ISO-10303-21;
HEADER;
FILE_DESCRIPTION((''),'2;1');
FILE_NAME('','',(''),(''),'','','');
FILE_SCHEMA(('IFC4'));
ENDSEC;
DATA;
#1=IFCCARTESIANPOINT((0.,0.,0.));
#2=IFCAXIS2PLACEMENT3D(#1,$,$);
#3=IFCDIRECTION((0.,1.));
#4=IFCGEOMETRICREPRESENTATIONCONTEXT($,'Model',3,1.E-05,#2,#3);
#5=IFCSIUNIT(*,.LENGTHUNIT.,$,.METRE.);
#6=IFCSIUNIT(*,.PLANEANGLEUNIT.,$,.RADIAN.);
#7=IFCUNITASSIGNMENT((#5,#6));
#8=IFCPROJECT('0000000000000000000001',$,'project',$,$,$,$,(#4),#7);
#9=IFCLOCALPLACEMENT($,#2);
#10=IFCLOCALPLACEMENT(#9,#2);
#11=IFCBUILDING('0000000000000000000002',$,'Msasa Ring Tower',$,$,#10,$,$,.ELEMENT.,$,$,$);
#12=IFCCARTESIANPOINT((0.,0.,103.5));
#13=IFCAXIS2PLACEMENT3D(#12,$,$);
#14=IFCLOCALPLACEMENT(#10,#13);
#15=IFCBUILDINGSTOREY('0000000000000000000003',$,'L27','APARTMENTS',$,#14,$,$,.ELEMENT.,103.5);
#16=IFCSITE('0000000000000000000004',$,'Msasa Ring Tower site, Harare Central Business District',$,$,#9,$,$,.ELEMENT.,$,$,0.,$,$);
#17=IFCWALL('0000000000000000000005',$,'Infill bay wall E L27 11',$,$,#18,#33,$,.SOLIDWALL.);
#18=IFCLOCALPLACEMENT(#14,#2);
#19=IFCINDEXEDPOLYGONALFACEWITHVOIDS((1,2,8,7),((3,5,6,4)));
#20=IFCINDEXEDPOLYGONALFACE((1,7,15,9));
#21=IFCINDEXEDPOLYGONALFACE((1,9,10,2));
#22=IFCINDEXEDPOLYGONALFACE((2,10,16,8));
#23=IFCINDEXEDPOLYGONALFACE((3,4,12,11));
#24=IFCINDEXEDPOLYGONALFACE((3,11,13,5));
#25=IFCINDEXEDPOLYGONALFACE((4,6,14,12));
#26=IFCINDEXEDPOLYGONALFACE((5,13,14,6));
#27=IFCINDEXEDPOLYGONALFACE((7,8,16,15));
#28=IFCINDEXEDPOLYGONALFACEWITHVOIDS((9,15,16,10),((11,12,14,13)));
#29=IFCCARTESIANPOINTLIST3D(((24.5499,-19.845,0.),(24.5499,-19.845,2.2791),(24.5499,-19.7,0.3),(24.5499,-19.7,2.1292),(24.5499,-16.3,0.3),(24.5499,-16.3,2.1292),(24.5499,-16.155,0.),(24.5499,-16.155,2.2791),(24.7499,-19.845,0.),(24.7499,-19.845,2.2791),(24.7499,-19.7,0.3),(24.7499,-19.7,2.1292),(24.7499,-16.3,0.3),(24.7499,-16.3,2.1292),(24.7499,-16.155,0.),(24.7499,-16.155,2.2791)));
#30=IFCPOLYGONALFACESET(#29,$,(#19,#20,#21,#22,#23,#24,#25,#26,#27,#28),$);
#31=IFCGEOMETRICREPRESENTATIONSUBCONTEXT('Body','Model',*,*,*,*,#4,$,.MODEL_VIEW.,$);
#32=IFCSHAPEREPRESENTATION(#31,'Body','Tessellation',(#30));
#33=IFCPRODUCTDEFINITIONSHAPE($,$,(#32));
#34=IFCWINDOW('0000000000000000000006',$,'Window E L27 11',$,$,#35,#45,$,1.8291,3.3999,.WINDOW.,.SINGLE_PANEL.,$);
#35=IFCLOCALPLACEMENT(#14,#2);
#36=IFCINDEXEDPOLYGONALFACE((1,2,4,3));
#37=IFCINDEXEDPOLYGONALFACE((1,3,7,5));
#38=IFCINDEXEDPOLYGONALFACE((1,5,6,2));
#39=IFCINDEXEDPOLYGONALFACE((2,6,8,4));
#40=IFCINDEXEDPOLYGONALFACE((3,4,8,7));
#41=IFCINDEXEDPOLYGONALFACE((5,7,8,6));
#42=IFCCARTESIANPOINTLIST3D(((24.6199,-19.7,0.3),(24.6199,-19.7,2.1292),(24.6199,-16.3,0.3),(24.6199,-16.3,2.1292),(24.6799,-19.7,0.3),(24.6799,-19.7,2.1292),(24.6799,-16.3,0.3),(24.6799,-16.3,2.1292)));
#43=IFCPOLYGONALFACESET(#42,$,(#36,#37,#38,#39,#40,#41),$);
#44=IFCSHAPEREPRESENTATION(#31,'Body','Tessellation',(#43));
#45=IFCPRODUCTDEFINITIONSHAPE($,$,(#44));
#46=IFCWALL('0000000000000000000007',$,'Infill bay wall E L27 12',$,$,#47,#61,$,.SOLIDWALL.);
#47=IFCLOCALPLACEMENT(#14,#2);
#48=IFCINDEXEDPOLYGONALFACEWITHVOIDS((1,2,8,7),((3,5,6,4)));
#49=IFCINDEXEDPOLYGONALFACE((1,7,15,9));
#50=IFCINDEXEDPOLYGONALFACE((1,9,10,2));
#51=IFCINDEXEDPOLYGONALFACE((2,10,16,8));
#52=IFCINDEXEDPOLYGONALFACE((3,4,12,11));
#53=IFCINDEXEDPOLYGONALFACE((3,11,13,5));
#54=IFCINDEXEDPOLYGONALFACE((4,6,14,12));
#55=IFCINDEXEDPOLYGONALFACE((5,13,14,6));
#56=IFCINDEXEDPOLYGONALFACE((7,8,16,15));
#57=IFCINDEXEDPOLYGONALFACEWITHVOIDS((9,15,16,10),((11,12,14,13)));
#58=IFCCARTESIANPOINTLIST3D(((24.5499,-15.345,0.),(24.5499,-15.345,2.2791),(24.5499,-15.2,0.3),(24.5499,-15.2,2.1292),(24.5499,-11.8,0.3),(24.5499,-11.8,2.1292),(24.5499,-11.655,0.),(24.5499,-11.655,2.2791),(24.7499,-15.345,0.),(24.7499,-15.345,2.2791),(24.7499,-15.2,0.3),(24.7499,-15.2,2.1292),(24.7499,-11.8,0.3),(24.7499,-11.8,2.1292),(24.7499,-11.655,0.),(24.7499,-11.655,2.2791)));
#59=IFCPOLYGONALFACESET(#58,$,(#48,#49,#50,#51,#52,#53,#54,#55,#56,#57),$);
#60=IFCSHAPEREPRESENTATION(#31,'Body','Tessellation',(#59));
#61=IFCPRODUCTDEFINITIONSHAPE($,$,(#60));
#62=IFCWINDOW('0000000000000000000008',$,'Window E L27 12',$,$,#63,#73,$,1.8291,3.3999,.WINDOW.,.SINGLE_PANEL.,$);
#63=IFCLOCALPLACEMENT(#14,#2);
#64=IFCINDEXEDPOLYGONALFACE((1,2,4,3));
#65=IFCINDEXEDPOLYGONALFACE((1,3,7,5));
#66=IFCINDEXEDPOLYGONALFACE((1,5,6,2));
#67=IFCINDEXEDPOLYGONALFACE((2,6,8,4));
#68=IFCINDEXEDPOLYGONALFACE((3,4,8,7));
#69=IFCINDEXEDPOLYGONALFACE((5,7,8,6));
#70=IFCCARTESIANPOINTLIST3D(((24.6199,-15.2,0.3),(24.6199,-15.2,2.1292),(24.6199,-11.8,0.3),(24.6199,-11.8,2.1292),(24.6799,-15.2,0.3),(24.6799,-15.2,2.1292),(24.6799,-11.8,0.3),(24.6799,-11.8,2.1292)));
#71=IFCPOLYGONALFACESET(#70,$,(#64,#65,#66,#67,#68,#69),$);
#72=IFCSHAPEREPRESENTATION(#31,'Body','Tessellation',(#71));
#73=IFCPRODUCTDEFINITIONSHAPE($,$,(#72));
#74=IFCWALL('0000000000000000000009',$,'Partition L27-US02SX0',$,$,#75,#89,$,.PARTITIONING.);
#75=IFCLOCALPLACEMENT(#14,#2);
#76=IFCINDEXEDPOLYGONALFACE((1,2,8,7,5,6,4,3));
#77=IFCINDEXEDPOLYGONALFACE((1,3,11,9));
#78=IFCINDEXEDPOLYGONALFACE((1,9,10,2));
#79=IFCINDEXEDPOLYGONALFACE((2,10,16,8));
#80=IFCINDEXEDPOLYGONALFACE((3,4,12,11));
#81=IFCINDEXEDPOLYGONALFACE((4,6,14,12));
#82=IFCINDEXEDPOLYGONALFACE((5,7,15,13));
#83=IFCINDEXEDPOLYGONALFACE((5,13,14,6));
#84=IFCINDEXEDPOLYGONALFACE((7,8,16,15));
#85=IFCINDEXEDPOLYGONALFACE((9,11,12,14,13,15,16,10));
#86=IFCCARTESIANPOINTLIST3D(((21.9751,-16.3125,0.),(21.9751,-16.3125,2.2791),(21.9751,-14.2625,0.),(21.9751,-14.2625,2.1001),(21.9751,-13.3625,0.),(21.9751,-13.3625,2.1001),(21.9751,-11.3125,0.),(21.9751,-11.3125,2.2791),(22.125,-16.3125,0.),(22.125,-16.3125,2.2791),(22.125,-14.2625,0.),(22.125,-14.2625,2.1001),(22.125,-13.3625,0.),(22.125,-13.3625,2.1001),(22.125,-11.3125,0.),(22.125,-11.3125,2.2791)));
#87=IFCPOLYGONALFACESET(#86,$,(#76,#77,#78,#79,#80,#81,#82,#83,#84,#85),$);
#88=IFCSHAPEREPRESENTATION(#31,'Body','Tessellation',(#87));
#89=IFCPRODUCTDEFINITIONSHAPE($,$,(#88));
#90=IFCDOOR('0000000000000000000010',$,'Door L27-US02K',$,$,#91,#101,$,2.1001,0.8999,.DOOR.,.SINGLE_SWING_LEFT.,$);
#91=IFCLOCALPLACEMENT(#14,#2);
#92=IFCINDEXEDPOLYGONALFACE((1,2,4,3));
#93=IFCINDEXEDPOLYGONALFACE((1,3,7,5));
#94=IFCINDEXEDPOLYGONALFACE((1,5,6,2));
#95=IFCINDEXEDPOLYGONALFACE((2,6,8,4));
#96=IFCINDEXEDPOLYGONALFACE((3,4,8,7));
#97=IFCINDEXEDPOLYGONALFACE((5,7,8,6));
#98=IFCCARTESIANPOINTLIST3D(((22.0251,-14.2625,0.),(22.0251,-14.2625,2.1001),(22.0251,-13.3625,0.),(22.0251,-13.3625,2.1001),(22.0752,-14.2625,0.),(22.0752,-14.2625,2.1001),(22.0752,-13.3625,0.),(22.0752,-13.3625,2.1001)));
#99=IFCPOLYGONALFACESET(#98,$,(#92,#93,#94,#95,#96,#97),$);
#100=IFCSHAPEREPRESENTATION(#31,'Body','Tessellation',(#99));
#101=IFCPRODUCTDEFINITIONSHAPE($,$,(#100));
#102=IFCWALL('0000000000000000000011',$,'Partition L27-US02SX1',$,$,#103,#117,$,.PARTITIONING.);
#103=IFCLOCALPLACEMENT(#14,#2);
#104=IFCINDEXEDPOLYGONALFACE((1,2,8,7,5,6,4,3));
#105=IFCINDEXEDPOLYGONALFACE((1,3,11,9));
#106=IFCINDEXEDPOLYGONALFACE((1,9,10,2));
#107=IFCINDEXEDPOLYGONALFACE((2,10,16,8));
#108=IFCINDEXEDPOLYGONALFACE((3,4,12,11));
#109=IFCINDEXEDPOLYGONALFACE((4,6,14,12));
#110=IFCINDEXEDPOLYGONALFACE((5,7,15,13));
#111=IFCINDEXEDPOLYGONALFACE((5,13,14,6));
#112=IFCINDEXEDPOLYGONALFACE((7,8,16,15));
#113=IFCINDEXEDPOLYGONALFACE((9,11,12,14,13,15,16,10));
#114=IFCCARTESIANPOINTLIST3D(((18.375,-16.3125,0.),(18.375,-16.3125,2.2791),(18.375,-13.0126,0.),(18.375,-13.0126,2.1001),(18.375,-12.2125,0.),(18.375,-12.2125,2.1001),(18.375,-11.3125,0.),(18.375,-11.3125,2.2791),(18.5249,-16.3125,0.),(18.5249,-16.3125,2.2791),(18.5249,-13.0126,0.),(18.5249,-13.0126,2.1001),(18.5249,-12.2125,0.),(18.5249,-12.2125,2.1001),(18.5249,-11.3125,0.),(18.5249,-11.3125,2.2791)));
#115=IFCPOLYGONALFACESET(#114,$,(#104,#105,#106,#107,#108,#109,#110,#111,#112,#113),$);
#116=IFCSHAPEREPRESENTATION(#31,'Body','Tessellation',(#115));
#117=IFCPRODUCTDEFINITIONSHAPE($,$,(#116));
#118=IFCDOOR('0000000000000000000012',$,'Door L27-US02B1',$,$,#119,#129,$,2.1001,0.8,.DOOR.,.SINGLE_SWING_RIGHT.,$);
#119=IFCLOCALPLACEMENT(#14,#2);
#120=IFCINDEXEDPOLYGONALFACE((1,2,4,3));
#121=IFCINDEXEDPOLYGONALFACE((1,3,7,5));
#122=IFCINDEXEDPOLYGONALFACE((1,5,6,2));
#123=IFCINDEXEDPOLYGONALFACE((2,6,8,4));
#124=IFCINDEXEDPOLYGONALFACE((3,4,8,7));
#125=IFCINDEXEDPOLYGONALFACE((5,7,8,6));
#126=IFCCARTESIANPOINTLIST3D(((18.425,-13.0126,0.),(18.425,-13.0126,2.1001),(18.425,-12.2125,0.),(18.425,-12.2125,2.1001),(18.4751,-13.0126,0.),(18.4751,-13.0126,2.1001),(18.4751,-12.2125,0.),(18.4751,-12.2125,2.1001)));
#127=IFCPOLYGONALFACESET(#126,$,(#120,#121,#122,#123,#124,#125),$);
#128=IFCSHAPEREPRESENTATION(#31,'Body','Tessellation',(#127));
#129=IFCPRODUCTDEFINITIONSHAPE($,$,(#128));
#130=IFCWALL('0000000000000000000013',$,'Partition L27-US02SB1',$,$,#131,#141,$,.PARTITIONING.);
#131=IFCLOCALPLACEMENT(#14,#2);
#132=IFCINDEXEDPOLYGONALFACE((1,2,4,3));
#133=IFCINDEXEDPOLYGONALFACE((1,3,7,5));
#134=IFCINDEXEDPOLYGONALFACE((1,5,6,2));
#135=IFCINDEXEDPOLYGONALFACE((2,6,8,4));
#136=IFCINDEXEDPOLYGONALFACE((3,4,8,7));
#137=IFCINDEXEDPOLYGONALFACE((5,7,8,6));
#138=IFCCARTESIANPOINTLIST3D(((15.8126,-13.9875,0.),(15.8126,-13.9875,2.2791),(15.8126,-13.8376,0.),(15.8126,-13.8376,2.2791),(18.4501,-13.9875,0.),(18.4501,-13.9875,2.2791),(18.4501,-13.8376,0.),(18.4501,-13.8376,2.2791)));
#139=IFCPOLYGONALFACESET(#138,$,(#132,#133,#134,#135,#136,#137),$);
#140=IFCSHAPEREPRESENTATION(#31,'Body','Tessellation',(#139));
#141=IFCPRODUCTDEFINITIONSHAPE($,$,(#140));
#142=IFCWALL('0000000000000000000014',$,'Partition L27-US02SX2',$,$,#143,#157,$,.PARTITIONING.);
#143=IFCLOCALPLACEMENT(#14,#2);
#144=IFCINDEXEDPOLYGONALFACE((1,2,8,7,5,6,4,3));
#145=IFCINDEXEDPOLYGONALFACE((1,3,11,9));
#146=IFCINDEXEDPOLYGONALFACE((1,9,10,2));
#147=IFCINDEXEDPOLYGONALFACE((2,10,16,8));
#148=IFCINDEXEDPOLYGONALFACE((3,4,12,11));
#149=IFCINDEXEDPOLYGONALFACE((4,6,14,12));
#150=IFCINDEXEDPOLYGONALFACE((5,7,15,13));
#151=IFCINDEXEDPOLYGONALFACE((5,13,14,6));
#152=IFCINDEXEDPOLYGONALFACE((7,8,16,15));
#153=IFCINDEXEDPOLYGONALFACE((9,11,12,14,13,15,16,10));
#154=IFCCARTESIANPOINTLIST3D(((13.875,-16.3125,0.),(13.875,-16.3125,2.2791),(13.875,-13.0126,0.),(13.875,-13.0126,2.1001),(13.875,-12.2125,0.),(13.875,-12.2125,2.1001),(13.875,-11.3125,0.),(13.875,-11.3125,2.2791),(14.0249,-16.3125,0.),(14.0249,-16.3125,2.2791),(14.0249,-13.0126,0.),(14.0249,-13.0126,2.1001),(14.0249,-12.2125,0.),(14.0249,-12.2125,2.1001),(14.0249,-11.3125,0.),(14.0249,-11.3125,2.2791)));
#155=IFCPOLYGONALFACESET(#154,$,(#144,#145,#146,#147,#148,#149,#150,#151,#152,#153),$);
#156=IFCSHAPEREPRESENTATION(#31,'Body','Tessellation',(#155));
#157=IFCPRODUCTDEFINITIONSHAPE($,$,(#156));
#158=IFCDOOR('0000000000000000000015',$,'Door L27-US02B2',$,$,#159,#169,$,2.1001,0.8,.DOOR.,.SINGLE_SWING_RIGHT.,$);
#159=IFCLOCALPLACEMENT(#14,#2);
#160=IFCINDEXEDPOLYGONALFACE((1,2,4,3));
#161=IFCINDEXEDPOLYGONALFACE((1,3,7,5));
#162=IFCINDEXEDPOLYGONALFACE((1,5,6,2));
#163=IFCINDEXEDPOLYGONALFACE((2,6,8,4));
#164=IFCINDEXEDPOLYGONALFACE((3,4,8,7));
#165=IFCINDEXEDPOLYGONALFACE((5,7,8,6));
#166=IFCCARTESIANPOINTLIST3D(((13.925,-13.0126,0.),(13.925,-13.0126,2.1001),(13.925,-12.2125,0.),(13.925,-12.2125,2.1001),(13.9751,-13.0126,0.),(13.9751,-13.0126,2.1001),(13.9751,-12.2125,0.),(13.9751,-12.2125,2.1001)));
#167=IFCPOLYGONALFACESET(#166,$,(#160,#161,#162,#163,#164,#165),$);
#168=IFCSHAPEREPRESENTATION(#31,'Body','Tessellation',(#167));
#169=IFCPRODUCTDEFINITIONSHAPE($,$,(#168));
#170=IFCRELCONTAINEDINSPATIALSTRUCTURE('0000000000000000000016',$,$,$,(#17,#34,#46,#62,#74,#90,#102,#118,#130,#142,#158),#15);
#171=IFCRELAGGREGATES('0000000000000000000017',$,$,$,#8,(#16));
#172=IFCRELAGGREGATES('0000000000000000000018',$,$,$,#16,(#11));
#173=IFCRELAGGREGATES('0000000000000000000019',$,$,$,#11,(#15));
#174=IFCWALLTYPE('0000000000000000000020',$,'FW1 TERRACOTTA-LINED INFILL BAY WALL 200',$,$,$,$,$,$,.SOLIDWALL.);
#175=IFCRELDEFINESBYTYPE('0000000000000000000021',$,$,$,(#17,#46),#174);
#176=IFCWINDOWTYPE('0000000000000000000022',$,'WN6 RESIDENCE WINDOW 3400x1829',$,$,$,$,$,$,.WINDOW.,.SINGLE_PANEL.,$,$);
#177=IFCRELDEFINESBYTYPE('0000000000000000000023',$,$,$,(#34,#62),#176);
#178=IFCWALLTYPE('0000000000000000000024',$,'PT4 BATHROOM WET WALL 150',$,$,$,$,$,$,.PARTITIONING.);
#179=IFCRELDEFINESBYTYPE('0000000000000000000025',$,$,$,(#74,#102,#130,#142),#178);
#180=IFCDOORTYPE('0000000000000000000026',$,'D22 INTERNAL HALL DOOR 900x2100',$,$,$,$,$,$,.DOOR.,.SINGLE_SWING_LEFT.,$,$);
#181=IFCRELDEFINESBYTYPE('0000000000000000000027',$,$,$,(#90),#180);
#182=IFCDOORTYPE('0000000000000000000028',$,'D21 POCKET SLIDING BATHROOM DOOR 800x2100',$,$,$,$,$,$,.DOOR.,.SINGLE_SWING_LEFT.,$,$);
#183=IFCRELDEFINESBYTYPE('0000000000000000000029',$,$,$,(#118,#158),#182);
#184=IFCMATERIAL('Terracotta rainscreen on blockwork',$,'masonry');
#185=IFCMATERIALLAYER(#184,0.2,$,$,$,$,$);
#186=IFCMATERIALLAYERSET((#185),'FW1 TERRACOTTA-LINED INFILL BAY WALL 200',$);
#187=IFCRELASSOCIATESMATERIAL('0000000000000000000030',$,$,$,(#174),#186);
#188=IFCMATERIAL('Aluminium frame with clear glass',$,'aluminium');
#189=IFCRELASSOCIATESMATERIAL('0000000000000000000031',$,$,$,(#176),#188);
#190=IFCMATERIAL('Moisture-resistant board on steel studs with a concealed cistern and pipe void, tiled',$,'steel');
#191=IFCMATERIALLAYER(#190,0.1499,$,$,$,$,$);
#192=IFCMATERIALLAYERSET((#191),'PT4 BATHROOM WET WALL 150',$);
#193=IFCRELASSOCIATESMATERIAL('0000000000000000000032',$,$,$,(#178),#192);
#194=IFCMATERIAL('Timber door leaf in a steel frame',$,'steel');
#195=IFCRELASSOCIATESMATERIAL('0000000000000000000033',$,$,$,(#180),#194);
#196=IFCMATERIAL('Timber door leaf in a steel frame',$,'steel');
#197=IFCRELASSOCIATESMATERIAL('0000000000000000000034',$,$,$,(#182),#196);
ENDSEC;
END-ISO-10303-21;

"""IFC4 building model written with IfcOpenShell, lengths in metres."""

from ifc_helpers import new_model, si_unit, direction, frame, frame_2d, origin, place, context, subcontext, project, spatial, rectangle, extrude, material, layer, layer_set, type_object, element, fill, save


model = new_model("IFC4")

# Units and contexts
model_context = context("Model", 3, precision=1e-05, world=origin(), true_north=direction((0.0, 1.0)))
body_context = subcontext(model_context, "Body", "Model", "MODEL_VIEW")
ifc_project = project(units=[si_unit("LENGTHUNIT", "METRE"), si_unit("PLANEANGLEUNIT", "RADIAN")], contexts=[model_context])

# Site, building, storey
site_placement = place(None, origin())
site = spatial("IfcSite", under=ifc_project, at=site_placement, Name="Msasa Ring Tower site, Harare Central Business District", CompositionType="ELEMENT", RefElevation=0.0)
building_placement = place(site_placement, origin())
building = spatial("IfcBuilding", under=site, at=building_placement, Name="Msasa Ring Tower", CompositionType="ELEMENT")
storey_placement = place(building_placement, frame((0.0, 0.0, 103.5)))
storey = spatial("IfcBuildingStorey", under=building, at=storey_placement, Name="L27", Description="APARTMENTS", CompositionType="ELEMENT", Elevation=103.5)

# Walls, openings, windows
ifc_material_1 = material(Name="Terracotta rainscreen on blockwork", Category="masonry")
ifc_layer_1 = layer(ifc_material_1, 0.2)
ifc_layer_set_1 = layer_set([ifc_layer_1], Name="FW1 TERRACOTTA-LINED INFILL BAY WALL 200")
wall_type_1 = type_object("IfcWallType", Name="FW1 TERRACOTTA-LINED INFILL BAY WALL 200", PredefinedType="SOLIDWALL", material=ifc_layer_set_1)
wall_1_placement = place(storey_placement, frame((24.6499, -19.845, 0.0), z_axis=(0.0, 0.0, 1.0), x_axis=(0.0, 1.0, 0.0)))
wall_1 = element("IfcWall", 1, at=wall_1_placement, inside=storey, type_object=wall_type_1, Name="Infill bay wall E L27 11", PredefinedType="SOLIDWALL", context=body_context, shape_type="SweptSolid", body=[
    extrude(rectangle(XDim=3.6899, YDim=0.2, at=frame_2d((1.845, 0.0))), origin(), (0.0, 0.0, 1.0), 2.2791),
])
opening_1_placement = place(wall_1_placement, frame((0.145, 0.0, 0.3)))
opening_1 = element("IfcOpeningElement", 2, at=opening_1_placement, cuts=wall_1, PredefinedType="OPENING", context=body_context, shape_type="SweptSolid", body=[
    extrude(rectangle(XDim=3.3999, YDim=1.8291, at=frame_2d((1.7, 0.9146))), frame((0.0, 0.1099, 0.0), z_axis=(0.0, -1.0, 0.0), x_axis=(1.0, 0.0, 0.0)), (0.0, 0.0, 1.0), 0.22),
])
ifc_material_2 = material(Name="Aluminium frame with clear glass", Category="aluminium")
window_type = type_object("IfcWindowType", Name="WN6 RESIDENCE WINDOW 3400x1829", PartitioningType="SINGLE_PANEL", PredefinedType="WINDOW", material=ifc_material_2)
window_1_placement = place(opening_1_placement, origin())
window_1 = element("IfcWindow", 3, at=window_1_placement, inside=storey, type_object=window_type, Name="Window E L27 11", OverallHeight=1.8291, OverallWidth=3.3999, PartitioningType="SINGLE_PANEL", PredefinedType="WINDOW", context=body_context, shape_type="SweptSolid", body=[
    extrude(rectangle(XDim=3.3999, YDim=1.8291, at=frame_2d((1.7, 0.9146))), frame((0.0, 0.03, 0.0), z_axis=(0.0, -1.0, 0.0), x_axis=(1.0, 0.0, 0.0)), (0.0, 0.0, 1.0), 0.0601),
])
fill(opening_1, window_1)
wall_2_placement = place(storey_placement, frame((24.6499, -15.345, 0.0), z_axis=(0.0, 0.0, 1.0), x_axis=(0.0, 1.0, 0.0)))
wall_2 = element("IfcWall", 4, at=wall_2_placement, inside=storey, type_object=wall_type_1, Name="Infill bay wall E L27 12", PredefinedType="SOLIDWALL", context=body_context, shape_type="SweptSolid", body=[
    extrude(rectangle(XDim=3.6899, YDim=0.2, at=frame_2d((1.845, 0.0))), origin(), (0.0, 0.0, 1.0), 2.2791),
])
opening_2_placement = place(wall_2_placement, frame((0.145, 0.0, 0.3)))
opening_2 = element("IfcOpeningElement", 5, at=opening_2_placement, cuts=wall_2, PredefinedType="OPENING", context=body_context, shape_type="SweptSolid", body=[
    extrude(rectangle(XDim=3.3999, YDim=1.8291, at=frame_2d((1.7, 0.9146))), frame((0.0, 0.1099, 0.0), z_axis=(0.0, -1.0, 0.0), x_axis=(1.0, 0.0, 0.0)), (0.0, 0.0, 1.0), 0.22),
])
window_2_placement = place(opening_2_placement, origin())
window_2 = element("IfcWindow", 6, at=window_2_placement, inside=storey, type_object=window_type, Name="Window E L27 12", OverallHeight=1.8291, OverallWidth=3.3999, PartitioningType="SINGLE_PANEL", PredefinedType="WINDOW", context=body_context, shape_type="SweptSolid", body=[
    extrude(rectangle(XDim=3.3999, YDim=1.8291, at=frame_2d((1.7, 0.9146))), frame((0.0, 0.03, 0.0), z_axis=(0.0, -1.0, 0.0), x_axis=(1.0, 0.0, 0.0)), (0.0, 0.0, 1.0), 0.0601),
])
fill(opening_2, window_2)

# Walls, openings, doors
ifc_material_3 = material(Name="Moisture-resistant board on steel studs with a concealed cistern and pipe void, tiled", Category="steel")
ifc_layer_2 = layer(ifc_material_3, 0.1499)
ifc_layer_set_2 = layer_set([ifc_layer_2], Name="PT4 BATHROOM WET WALL 150")
wall_type_2 = type_object("IfcWallType", Name="PT4 BATHROOM WET WALL 150", PredefinedType="PARTITIONING", material=ifc_layer_set_2)
wall_3_placement = place(storey_placement, frame((22.05, -16.3125, 0.0), z_axis=(0.0, 0.0, 1.0), x_axis=(0.0, 1.0, 0.0)))
wall_3 = element("IfcWall", 7, at=wall_3_placement, inside=storey, type_object=wall_type_2, Name="Partition L27-US02SX0", PredefinedType="PARTITIONING", context=body_context, shape_type="SweptSolid", body=[
    extrude(rectangle(XDim=5.0, YDim=0.1499, at=frame_2d((2.5, 0.0))), origin(), (0.0, 0.0, 1.0), 2.2791),
])
opening_3_placement = place(wall_3_placement, frame((2.05, 0.0, 0.0)))
opening_3 = element("IfcOpeningElement", 8, at=opening_3_placement, cuts=wall_3, PredefinedType="OPENING", context=body_context, shape_type="SweptSolid", body=[
    extrude(rectangle(XDim=0.8999, YDim=2.1001, at=frame_2d((0.45, 1.05))), frame((0.0, 0.085, 0.0), z_axis=(0.0, -1.0, 0.0), x_axis=(1.0, 0.0, 0.0)), (0.0, 0.0, 1.0), 0.1699),
])
ifc_material_4 = material(Name="Timber door leaf in a steel frame", Category="steel")
door_type_1 = type_object("IfcDoorType", Name="D22 INTERNAL HALL DOOR 900x2100", OperationType="SINGLE_SWING_LEFT", PredefinedType="DOOR", material=ifc_material_4)
door_1_placement = place(opening_3_placement, origin())
door_1 = element("IfcDoor", 9, at=door_1_placement, inside=storey, type_object=door_type_1, Name="Door L27-US02K", OperationType="SINGLE_SWING_LEFT", OverallHeight=2.1001, OverallWidth=0.8999, PredefinedType="DOOR", context=body_context, shape_type="SweptSolid", body=[
    extrude(rectangle(XDim=0.8999, YDim=2.1001, at=frame_2d((0.45, 1.05))), frame((0.0, 0.0249, 0.0), z_axis=(0.0, -1.0, 0.0), x_axis=(1.0, 0.0, 0.0)), (0.0, 0.0, 1.0), 0.05),
])
fill(opening_3, door_1)
wall_4_placement = place(storey_placement, frame((18.45, -16.3125, 0.0), z_axis=(0.0, 0.0, 1.0), x_axis=(0.0, 1.0, 0.0)))
wall_4 = element("IfcWall", 10, at=wall_4_placement, inside=storey, type_object=wall_type_2, Name="Partition L27-US02SX1", PredefinedType="PARTITIONING", context=body_context, shape_type="SweptSolid", body=[
    extrude(rectangle(XDim=5.0, YDim=0.1499, at=frame_2d((2.5, 0.0))), origin(), (0.0, 0.0, 1.0), 2.2791),
])
opening_4_placement = place(wall_4_placement, frame((3.3, 0.0, 0.0)))
opening_4 = element("IfcOpeningElement", 11, at=opening_4_placement, cuts=wall_4, PredefinedType="OPENING", context=body_context, shape_type="SweptSolid", body=[
    extrude(rectangle(XDim=0.8, YDim=2.1001, at=frame_2d((0.3999, 1.05))), frame((0.0, 0.085, 0.0), z_axis=(0.0, -1.0, 0.0), x_axis=(1.0, 0.0, 0.0)), (0.0, 0.0, 1.0), 0.1699),
])
ifc_material_5 = material(Name="Timber door leaf in a steel frame", Category="steel")
door_type_2 = type_object("IfcDoorType", Name="D21 POCKET SLIDING BATHROOM DOOR 800x2100", OperationType="SINGLE_SWING_LEFT", PredefinedType="DOOR", material=ifc_material_5)
door_2_placement = place(opening_4_placement, origin())
door_2 = element("IfcDoor", 12, at=door_2_placement, inside=storey, type_object=door_type_2, Name="Door L27-US02B1", OperationType="SINGLE_SWING_RIGHT", OverallHeight=2.1001, OverallWidth=0.8, PredefinedType="DOOR", context=body_context, shape_type="SweptSolid", body=[
    extrude(rectangle(XDim=0.8, YDim=2.1001, at=frame_2d((0.3999, 1.05))), frame((0.0, 0.0249, 0.0), z_axis=(0.0, -1.0, 0.0), x_axis=(1.0, 0.0, 0.0)), (0.0, 0.0, 1.0), 0.05),
])
fill(opening_4, door_2)

# Wall
wall_5_placement = place(storey_placement, frame((15.8125, -13.9126, 0.0), z_axis=(0.0, 0.0, 1.0), x_axis=(1.0, 0.0, 0.0)))
element("IfcWall", 13, at=wall_5_placement, inside=storey, type_object=wall_type_2, Name="Partition L27-US02SB1", PredefinedType="PARTITIONING", context=body_context, shape_type="SweptSolid", body=[
    extrude(rectangle(XDim=2.6375, YDim=0.1499, at=frame_2d((1.3188, 0.0))), origin(), (0.0, 0.0, 1.0), 2.2791),
])

# Wall, opening, door
wall_6_placement = place(storey_placement, frame((13.95, -16.3125, 0.0), z_axis=(0.0, 0.0, 1.0), x_axis=(0.0, 1.0, 0.0)))
wall_6 = element("IfcWall", 14, at=wall_6_placement, inside=storey, type_object=wall_type_2, Name="Partition L27-US02SX2", PredefinedType="PARTITIONING", context=body_context, shape_type="SweptSolid", body=[
    extrude(rectangle(XDim=5.0, YDim=0.1499, at=frame_2d((2.5, 0.0))), origin(), (0.0, 0.0, 1.0), 2.2791),
])
opening_5_placement = place(wall_6_placement, frame((3.3, 0.0, 0.0)))
opening_5 = element("IfcOpeningElement", 15, at=opening_5_placement, cuts=wall_6, PredefinedType="OPENING", context=body_context, shape_type="SweptSolid", body=[
    extrude(rectangle(XDim=0.8, YDim=2.1001, at=frame_2d((0.3999, 1.05))), frame((0.0, 0.085, 0.0), z_axis=(0.0, -1.0, 0.0), x_axis=(1.0, 0.0, 0.0)), (0.0, 0.0, 1.0), 0.1699),
])
door_3_placement = place(opening_5_placement, origin())
door_3 = element("IfcDoor", 16, at=door_3_placement, inside=storey, type_object=door_type_2, Name="Door L27-US02B2", OperationType="SINGLE_SWING_RIGHT", OverallHeight=2.1001, OverallWidth=0.8, PredefinedType="DOOR", context=body_context, shape_type="SweptSolid", body=[
    extrude(rectangle(XDim=0.8, YDim=2.1001, at=frame_2d((0.3999, 1.05))), frame((0.0, 0.0249, 0.0), z_axis=(0.0, -1.0, 0.0), x_axis=(1.0, 0.0, 0.0)), (0.0, 0.0, 1.0), 0.05),
])
fill(opening_5, door_3)

save(model, "model.ifc")
